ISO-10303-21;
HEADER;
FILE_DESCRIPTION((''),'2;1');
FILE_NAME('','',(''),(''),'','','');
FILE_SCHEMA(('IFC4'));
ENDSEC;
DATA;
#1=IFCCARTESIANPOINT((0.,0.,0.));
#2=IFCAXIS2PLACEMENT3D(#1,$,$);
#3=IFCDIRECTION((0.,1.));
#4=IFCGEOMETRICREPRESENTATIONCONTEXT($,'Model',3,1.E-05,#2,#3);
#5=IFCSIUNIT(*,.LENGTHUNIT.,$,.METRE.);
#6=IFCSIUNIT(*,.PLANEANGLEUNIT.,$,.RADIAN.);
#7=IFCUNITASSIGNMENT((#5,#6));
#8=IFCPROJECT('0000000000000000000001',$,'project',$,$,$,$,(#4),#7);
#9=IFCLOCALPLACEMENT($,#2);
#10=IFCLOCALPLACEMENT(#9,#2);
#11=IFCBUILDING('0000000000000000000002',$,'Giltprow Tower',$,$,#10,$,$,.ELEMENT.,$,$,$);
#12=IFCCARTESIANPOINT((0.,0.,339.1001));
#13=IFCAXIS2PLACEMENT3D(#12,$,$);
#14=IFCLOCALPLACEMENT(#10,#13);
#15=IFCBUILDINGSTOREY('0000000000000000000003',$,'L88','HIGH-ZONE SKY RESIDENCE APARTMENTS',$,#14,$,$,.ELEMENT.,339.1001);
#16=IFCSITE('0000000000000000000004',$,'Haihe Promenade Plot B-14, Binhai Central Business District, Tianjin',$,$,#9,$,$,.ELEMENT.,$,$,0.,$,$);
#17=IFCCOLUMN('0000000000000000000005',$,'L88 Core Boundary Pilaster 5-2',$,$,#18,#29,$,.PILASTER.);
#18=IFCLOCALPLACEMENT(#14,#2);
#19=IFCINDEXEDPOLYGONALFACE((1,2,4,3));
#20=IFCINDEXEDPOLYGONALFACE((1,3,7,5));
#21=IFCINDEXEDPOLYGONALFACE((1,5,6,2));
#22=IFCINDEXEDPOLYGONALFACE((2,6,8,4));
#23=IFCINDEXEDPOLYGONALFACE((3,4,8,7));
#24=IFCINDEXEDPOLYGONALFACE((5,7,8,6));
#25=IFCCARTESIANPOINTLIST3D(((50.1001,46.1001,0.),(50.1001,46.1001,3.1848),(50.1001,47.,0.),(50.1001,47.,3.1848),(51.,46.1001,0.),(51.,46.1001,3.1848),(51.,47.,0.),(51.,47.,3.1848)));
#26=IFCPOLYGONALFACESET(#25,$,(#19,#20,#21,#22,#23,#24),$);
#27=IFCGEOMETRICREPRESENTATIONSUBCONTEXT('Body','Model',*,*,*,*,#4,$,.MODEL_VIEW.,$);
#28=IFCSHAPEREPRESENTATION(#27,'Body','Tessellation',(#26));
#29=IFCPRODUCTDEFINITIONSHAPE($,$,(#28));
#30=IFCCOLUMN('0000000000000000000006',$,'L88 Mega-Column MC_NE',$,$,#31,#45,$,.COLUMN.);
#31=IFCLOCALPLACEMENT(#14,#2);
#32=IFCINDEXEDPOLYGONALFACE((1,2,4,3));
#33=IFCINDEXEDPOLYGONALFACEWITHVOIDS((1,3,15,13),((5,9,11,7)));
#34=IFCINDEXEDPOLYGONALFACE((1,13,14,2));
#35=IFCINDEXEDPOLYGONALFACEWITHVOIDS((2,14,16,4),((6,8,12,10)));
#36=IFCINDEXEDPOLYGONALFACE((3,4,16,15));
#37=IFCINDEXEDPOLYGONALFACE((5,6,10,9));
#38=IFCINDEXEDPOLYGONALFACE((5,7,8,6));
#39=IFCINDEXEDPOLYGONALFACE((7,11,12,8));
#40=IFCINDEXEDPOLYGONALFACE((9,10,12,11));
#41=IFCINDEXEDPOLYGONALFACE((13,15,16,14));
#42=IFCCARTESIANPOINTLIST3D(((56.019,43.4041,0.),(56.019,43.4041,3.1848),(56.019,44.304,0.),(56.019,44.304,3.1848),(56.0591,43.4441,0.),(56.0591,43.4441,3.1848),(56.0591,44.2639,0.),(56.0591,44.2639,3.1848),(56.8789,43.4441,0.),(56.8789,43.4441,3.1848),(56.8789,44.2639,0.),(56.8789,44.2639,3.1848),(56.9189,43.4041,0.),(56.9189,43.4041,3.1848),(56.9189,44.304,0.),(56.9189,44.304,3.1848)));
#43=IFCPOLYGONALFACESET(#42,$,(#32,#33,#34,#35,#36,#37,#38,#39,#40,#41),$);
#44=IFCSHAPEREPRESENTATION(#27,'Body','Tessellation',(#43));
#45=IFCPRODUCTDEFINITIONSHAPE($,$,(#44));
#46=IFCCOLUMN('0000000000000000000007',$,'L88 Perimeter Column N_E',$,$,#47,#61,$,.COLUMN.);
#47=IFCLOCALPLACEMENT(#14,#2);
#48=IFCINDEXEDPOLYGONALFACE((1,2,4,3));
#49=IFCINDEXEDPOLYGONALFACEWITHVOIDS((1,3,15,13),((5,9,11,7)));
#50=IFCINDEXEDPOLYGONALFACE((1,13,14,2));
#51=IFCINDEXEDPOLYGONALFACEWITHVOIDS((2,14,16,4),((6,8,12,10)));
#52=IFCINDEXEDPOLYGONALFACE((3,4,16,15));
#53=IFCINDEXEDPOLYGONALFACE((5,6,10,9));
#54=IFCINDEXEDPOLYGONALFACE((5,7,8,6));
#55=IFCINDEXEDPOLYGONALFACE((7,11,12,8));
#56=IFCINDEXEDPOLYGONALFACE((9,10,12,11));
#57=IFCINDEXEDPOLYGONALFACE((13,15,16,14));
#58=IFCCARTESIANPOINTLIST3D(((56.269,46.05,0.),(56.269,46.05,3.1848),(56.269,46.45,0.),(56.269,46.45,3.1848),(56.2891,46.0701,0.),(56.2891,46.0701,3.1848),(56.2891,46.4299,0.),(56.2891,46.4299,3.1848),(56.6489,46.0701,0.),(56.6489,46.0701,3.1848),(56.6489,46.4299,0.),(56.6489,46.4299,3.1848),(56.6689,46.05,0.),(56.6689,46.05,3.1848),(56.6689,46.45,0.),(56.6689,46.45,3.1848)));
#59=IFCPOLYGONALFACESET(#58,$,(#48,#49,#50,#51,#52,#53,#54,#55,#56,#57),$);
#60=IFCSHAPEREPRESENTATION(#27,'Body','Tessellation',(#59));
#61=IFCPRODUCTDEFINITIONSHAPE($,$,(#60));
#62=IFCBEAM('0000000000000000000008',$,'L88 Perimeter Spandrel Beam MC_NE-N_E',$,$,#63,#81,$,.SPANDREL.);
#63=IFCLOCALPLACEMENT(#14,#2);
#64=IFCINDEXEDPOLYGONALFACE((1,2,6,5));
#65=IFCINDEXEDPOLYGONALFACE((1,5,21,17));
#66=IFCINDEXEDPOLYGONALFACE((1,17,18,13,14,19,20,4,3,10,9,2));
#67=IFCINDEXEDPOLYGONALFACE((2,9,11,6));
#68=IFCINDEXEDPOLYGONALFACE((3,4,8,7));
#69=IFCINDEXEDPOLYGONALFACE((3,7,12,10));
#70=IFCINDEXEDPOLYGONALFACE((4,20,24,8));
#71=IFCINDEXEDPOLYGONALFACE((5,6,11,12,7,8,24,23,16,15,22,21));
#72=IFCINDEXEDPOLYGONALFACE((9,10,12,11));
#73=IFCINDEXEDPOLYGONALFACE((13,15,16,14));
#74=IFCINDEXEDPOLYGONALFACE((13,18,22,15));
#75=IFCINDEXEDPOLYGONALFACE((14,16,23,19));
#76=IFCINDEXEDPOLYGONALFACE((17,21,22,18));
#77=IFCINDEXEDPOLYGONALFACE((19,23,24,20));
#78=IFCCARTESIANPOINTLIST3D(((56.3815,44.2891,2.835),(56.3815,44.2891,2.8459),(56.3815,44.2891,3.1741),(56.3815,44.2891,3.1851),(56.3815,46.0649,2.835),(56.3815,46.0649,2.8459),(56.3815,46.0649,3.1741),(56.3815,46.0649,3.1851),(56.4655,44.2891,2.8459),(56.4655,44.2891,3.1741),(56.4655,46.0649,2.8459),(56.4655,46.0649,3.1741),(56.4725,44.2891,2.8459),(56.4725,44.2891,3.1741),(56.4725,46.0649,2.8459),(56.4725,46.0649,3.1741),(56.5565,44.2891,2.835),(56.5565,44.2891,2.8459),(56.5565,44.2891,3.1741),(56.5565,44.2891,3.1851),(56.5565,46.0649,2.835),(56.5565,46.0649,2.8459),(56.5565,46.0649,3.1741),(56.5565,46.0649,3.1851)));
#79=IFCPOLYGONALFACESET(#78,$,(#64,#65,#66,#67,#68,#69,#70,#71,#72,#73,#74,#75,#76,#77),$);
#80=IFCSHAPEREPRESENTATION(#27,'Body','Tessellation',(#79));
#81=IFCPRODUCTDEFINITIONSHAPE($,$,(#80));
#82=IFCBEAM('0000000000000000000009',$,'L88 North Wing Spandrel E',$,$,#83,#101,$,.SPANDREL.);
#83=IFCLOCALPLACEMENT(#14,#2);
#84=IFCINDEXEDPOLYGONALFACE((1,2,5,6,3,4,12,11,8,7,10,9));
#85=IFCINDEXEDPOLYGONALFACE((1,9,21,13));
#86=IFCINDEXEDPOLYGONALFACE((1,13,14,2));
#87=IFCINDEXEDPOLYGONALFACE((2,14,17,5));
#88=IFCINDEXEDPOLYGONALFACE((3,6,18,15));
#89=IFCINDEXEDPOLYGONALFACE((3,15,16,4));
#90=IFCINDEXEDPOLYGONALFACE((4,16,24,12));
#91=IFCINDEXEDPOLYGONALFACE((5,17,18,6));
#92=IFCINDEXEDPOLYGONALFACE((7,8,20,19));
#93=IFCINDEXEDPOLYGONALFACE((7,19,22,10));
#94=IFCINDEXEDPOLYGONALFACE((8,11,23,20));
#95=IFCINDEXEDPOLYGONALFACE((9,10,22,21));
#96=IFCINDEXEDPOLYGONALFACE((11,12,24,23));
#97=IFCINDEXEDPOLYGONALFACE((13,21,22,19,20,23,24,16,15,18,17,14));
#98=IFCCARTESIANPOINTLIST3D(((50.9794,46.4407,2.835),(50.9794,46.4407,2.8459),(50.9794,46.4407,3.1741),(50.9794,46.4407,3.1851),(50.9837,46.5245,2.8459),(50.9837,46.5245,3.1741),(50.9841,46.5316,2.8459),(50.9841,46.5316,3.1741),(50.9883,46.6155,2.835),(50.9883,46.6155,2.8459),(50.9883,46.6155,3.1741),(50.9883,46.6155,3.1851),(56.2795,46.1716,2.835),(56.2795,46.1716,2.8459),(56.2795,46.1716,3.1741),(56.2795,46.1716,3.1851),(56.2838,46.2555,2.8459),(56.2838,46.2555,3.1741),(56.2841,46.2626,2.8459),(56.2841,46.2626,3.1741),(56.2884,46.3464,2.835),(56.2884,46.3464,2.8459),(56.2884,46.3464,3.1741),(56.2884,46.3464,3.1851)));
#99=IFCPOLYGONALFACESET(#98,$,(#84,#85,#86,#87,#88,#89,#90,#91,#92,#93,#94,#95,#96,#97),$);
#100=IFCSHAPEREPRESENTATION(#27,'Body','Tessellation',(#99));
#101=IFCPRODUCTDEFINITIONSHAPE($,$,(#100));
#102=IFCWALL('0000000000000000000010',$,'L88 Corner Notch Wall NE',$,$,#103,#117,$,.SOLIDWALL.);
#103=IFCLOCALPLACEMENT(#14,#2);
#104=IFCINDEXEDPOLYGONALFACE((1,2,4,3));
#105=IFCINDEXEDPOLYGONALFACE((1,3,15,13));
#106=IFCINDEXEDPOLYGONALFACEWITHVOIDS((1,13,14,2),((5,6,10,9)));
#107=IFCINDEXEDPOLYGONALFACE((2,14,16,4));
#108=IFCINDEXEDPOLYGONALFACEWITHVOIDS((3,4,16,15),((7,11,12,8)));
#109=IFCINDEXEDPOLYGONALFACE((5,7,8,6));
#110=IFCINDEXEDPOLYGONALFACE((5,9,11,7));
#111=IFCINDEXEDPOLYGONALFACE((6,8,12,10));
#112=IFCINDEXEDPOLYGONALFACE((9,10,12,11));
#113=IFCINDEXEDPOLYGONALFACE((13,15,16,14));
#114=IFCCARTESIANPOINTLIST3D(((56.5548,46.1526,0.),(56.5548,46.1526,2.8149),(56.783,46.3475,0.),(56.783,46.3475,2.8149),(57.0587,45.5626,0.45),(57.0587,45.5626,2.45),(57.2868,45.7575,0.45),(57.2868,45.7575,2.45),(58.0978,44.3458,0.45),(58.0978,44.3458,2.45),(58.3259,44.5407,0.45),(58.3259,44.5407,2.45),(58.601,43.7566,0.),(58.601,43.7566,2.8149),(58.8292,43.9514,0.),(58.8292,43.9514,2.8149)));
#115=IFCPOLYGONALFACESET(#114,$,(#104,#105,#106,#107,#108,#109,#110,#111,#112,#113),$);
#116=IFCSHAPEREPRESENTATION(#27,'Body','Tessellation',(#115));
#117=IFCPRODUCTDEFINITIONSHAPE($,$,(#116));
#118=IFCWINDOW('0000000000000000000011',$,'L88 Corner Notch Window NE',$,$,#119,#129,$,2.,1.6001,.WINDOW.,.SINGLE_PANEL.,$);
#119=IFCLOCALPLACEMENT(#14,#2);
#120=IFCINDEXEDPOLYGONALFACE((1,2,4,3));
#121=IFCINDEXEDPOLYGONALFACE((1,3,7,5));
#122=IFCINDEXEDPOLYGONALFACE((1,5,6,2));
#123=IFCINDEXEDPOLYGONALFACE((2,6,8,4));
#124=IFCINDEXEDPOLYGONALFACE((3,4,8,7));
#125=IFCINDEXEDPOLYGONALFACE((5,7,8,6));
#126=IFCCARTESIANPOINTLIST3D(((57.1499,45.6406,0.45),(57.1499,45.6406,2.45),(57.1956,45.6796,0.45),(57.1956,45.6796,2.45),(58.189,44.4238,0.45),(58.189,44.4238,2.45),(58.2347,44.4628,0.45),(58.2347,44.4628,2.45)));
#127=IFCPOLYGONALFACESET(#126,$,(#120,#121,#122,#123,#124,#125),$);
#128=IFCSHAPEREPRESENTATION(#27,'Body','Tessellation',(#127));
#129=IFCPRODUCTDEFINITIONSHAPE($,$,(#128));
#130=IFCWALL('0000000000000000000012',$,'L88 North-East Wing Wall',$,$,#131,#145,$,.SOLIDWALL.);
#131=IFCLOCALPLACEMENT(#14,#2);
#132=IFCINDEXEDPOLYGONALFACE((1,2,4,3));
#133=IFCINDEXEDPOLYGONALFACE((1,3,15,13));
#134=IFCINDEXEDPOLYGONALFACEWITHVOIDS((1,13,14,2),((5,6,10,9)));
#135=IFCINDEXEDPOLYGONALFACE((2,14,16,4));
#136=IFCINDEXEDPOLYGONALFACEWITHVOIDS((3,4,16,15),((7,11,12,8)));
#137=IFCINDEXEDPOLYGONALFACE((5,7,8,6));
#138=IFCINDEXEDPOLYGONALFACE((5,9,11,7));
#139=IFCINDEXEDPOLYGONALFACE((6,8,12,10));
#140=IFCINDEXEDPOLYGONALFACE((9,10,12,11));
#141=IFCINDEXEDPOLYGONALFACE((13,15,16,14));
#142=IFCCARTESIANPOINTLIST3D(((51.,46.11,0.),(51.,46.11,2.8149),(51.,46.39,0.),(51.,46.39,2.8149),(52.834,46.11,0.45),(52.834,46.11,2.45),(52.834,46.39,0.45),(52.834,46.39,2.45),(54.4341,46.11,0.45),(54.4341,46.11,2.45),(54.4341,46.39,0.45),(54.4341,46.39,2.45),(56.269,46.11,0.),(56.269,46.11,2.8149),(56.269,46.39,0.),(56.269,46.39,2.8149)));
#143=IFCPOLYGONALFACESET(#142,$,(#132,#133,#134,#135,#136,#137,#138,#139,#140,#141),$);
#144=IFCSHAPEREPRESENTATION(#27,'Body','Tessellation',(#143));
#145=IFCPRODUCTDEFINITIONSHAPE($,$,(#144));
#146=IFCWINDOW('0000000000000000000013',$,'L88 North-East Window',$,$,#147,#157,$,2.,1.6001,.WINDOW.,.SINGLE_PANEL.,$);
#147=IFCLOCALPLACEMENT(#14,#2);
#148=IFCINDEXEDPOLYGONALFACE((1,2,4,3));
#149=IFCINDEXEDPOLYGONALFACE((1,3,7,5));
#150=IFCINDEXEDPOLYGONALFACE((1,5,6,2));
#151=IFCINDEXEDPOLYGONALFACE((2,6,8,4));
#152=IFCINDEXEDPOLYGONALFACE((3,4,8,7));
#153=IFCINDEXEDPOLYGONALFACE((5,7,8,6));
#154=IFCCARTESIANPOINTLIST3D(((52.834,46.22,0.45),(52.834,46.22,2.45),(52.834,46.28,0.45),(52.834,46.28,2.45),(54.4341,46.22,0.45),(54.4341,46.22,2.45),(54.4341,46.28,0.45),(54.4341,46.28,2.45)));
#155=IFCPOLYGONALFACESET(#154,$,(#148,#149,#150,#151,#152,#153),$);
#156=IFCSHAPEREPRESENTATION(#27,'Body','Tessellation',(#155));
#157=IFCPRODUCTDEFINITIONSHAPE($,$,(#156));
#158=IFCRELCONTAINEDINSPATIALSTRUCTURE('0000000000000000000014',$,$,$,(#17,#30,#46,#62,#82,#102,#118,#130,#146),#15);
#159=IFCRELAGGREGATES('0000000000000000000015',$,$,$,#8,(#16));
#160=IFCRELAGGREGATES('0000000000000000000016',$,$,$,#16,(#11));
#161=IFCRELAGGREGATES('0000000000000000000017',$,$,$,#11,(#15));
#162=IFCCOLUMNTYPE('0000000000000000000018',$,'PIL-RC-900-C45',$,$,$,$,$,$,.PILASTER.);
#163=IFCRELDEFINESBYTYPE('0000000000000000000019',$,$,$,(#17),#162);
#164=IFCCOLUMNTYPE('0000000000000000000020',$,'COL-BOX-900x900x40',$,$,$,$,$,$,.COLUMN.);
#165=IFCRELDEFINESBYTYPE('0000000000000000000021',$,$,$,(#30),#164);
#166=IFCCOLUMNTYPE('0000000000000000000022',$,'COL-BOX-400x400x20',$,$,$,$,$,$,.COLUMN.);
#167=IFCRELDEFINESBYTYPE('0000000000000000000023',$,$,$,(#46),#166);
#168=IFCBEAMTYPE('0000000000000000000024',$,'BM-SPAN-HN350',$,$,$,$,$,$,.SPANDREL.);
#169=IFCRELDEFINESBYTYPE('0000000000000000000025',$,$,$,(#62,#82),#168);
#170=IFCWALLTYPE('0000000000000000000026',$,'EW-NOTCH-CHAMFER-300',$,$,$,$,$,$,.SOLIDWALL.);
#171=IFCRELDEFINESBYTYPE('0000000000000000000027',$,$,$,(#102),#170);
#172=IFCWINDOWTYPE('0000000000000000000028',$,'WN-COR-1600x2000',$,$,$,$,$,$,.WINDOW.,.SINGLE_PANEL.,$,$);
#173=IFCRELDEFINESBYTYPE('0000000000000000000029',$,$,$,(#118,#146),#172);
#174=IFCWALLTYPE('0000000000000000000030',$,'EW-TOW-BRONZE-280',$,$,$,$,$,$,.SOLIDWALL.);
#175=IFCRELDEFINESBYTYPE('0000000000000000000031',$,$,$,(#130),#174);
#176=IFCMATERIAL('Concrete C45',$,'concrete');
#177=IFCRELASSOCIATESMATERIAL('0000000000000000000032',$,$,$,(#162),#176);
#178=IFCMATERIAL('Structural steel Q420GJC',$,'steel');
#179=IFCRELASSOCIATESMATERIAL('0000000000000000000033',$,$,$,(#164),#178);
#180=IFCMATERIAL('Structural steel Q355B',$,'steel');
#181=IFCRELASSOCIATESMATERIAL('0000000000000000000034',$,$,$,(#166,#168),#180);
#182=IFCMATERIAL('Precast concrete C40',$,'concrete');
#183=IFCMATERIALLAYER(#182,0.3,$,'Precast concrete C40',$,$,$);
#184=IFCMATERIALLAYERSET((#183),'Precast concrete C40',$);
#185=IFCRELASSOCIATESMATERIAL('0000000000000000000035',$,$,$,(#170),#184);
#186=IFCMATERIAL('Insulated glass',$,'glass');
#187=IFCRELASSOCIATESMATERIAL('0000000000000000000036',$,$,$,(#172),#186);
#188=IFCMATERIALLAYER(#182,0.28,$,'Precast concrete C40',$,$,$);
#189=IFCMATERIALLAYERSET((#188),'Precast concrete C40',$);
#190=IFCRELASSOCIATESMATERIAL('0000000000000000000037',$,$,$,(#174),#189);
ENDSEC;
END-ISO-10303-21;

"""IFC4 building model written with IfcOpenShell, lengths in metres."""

from ifc_helpers import new_model, si_unit, direction, frame, frame_2d, origin, origin_2d, place, context, subcontext, project, spatial, rectangle, hollow_rectangle, i_section, extrude, source, transform, mapped, material, layer, layer_set, material_profile, profile_set, type_object, element, fill, save


model = new_model("IFC4")

# Units and contexts
model_context = context("Model", 3, precision=1e-05, world=origin(), true_north=direction((0.0, 1.0)))
body_context = subcontext(model_context, "Body", "Model", "MODEL_VIEW")
ifc_project = project(units=[si_unit("LENGTHUNIT", "METRE"), si_unit("PLANEANGLEUNIT", "RADIAN")], contexts=[model_context])

# Site, building, storey
site_placement = place(None, origin())
site = spatial("IfcSite", under=ifc_project, at=site_placement, Name="Haihe Promenade Plot B-14, Binhai Central Business District, Tianjin", CompositionType="ELEMENT", RefElevation=0.0)
building_placement = place(site_placement, origin())
building = spatial("IfcBuilding", under=site, at=building_placement, Name="Giltprow Tower", CompositionType="ELEMENT")
storey_placement = place(building_placement, frame((0.0, 0.0, 339.1001)))
storey = spatial("IfcBuildingStorey", under=building, at=storey_placement, Name="L88", Description="HIGH-ZONE SKY RESIDENCE APARTMENTS", CompositionType="ELEMENT", Elevation=339.1001)

# Columns
ifc_material_1 = material(Name="Concrete C45", Category="concrete")
ifc_material_profile_1 = material_profile(ifc_material_1, rectangle(XDim=0.8999, YDim=0.8999, at=origin_2d()), Name="RC 900x900")
ifc_profile_set_1 = profile_set([ifc_material_profile_1], Name="Concrete C45")
column_type_1 = type_object("IfcColumnType", Name="PIL-RC-900-C45", PredefinedType="PILASTER", material=ifc_profile_set_1)
shared_shape_1 = source(origin(), body_context, "Body", "SweptSolid", [
    extrude(rectangle(XDim=0.8999, YDim=0.8999, at=origin_2d()), origin(), (0.0, 0.0, 1.0), 3.1848),
])
column_1_placement = place(storey_placement, frame((50.55, 46.55, 0.0), z_axis=(0.0, 0.0, 1.0), x_axis=(1.0, 0.0, 0.0)))
element("IfcColumn", 1, at=column_1_placement, inside=storey, type_object=column_type_1, Name="L88 Core Boundary Pilaster 5-2", PredefinedType="PILASTER", context=body_context, shape_type="MappedRepresentation", body=[
    mapped(shared_shape_1, transform((0.0, 0.0, 0.0), x_axis=(1.0, 0.0, 0.0), y_axis=(0.0, 1.0, 0.0), z_axis=(0.0, 0.0, 1.0), scale=1.0)),
])
ifc_material_2 = material(Name="Structural steel Q420GJC", Category="steel")
ifc_material_profile_2 = material_profile(ifc_material_2, hollow_rectangle(XDim=0.8999, YDim=0.8999, WallThickness=0.04, at=origin_2d()), Name="BOX 900x900x40")
ifc_profile_set_2 = profile_set([ifc_material_profile_2], Name="Structural steel Q420GJC")
column_type_2 = type_object("IfcColumnType", Name="COL-BOX-900x900x40", PredefinedType="COLUMN", material=ifc_profile_set_2)
shared_shape_2 = source(origin(), body_context, "Body", "SweptSolid", [
    extrude(hollow_rectangle(XDim=0.8999, YDim=0.8999, WallThickness=0.04, at=origin_2d()), origin(), (0.0, 0.0, 1.0), 3.1848),
])
column_2_placement = place(storey_placement, frame((56.469, 43.854, 0.0), z_axis=(0.0, 0.0, 1.0), x_axis=(1.0, 0.0, 0.0)))
element("IfcColumn", 2, at=column_2_placement, inside=storey, type_object=column_type_2, Name="L88 Mega-Column MC_NE", PredefinedType="COLUMN", context=body_context, shape_type="MappedRepresentation", body=[
    mapped(shared_shape_2, transform((0.0, 0.0, 0.0), x_axis=(1.0, 0.0, 0.0), y_axis=(0.0, 1.0, 0.0), z_axis=(0.0, 0.0, 1.0), scale=1.0)),
])
ifc_material_3 = material(Name="Structural steel Q355B", Category="steel")
ifc_material_profile_3 = material_profile(ifc_material_3, hollow_rectangle(XDim=0.3999, YDim=0.3999, WallThickness=0.02, at=origin_2d()), Name="BOX 400x400x20")
ifc_profile_set_3 = profile_set([ifc_material_profile_3], Name="Structural steel Q355B")
column_type_3 = type_object("IfcColumnType", Name="COL-BOX-400x400x20", PredefinedType="COLUMN", material=ifc_profile_set_3)
shared_shape_3 = source(origin(), body_context, "Body", "SweptSolid", [
    extrude(hollow_rectangle(XDim=0.3999, YDim=0.3999, WallThickness=0.02, at=origin_2d()), origin(), (0.0, 0.0, 1.0), 3.1848),
])
column_3_placement = place(storey_placement, frame((56.469, 46.25, 0.0), z_axis=(0.0, 0.0, 1.0), x_axis=(1.0, 0.0, 0.0)))
element("IfcColumn", 3, at=column_3_placement, inside=storey, type_object=column_type_3, Name="L88 Perimeter Column N_E", PredefinedType="COLUMN", context=body_context, shape_type="MappedRepresentation", body=[
    mapped(shared_shape_3, transform((0.0, 0.0, 0.0), x_axis=(1.0, 0.0, 0.0), y_axis=(0.0, 1.0, 0.0), z_axis=(0.0, 0.0, 1.0), scale=1.0)),
])

# Beams
ifc_material_profile_4 = material_profile(ifc_material_3, i_section(OverallWidth=0.175, OverallDepth=0.3501, WebThickness=0.0071, FlangeThickness=0.011, at=origin_2d()), Name="HN 350x175x7x11")
ifc_profile_set_4 = profile_set([ifc_material_profile_4], Name="Structural steel Q355B")
beam_type = type_object("IfcBeamType", Name="BM-SPAN-HN350", PredefinedType="SPANDREL", material=ifc_profile_set_4)
shared_shape_4 = source(origin(), body_context, "Body", "SweptSolid", [
    extrude(i_section(OverallWidth=0.175, OverallDepth=0.3501, WebThickness=0.0071, FlangeThickness=0.011, at=origin_2d()), origin(), (0.0, 0.0, 1.0), 1.7759),
])
beam_1_placement = place(storey_placement, frame((56.469, 44.2891, 3.01), z_axis=(0.0, 1.0, 0.0), x_axis=(-1.0, 0.0, 0.0)))
element("IfcBeam", 4, at=beam_1_placement, inside=storey, type_object=beam_type, Name="L88 Perimeter Spandrel Beam MC_NE-N_E", PredefinedType="SPANDREL", context=body_context, shape_type="MappedRepresentation", body=[
    mapped(shared_shape_4, transform((0.0, 0.0, 0.0), x_axis=(1.0, 0.0, 0.0), y_axis=(0.0, 1.0, 0.0), z_axis=(0.0, 0.0, 1.0), scale=1.0)),
])
shared_shape_5 = source(origin(), body_context, "Body", "SweptSolid", [
    extrude(i_section(OverallWidth=0.175, OverallDepth=0.3501, WebThickness=0.0071, FlangeThickness=0.011, at=origin_2d()), origin(), (0.0, 0.0, 1.0), 5.3069),
])
beam_2_placement = place(storey_placement, frame((50.9839, 46.5281, 3.01), z_axis=(0.998714, -0.050697, 0.0), x_axis=(0.050697, 0.998714, 0.0)))
element("IfcBeam", 5, at=beam_2_placement, inside=storey, type_object=beam_type, Name="L88 North Wing Spandrel E", PredefinedType="SPANDREL", context=body_context, shape_type="MappedRepresentation", body=[
    mapped(shared_shape_5, transform((0.0, 0.0, 0.0), x_axis=(1.0, 0.0, 0.0), y_axis=(0.0, 1.0, 0.0), z_axis=(0.0, 0.0, 1.0), scale=1.0)),
])

# Walls, openings, windows
ifc_material_4 = material(Name="Precast concrete C40", Category="concrete")
ifc_layer_1 = layer(ifc_material_4, 0.3, Name="Precast concrete C40")
ifc_layer_set_1 = layer_set([ifc_layer_1], Name="Precast concrete C40")
wall_type_1 = type_object("IfcWallType", Name="EW-NOTCH-CHAMFER-300", PredefinedType="SOLIDWALL", material=ifc_layer_set_1)
wall_1_placement = place(storey_placement, frame((58.7151, 43.854, 0.0), z_axis=(0.0, 0.0, 1.0), x_axis=(-0.649406, 0.760442, 0.0)))
wall_1 = element("IfcWall", 6, at=wall_1_placement, inside=storey, type_object=wall_type_1, Name="L88 Corner Notch Wall NE", PredefinedType="SOLIDWALL", context=body_context, shape_type="SweptSolid", body=[
    extrude(rectangle(XDim=3.1509, YDim=0.3, at=frame_2d((1.5754, 0.0))), origin(), (0.0, 0.0, 1.0), 2.8149),
])
opening_1_placement = place(wall_1_placement, frame((0.7749, 0.0, 0.45)))
opening_1 = element("IfcOpeningElement", 7, at=opening_1_placement, cuts=wall_1, PredefinedType="OPENING", context=body_context, shape_type="SweptSolid", body=[
    extrude(rectangle(XDim=1.6001, YDim=2.0, at=frame_2d((0.8, 1.0))), frame((0.0, 0.1599, 0.0), z_axis=(0.0, -1.0, 0.0), x_axis=(1.0, 0.0, 0.0)), (0.0, 0.0, 1.0), 0.3201),
])
ifc_material_5 = material(Name="Insulated glass", Category="glass")
window_type = type_object("IfcWindowType", Name="WN-COR-1600x2000", PartitioningType="SINGLE_PANEL", PredefinedType="WINDOW", material=ifc_material_5)
shared_shape_6 = source(origin(), body_context, "Body", "SweptSolid", [
    extrude(rectangle(XDim=1.6001, YDim=2.0, at=frame_2d((0.8, 1.0))), frame((0.0, 0.03, 0.0), z_axis=(0.0, -1.0, 0.0), x_axis=(1.0, 0.0, 0.0)), (0.0, 0.0, 1.0), 0.0601),
])
window_1_placement = place(opening_1_placement, origin())
window_1 = element("IfcWindow", 8, at=window_1_placement, inside=storey, type_object=window_type, Name="L88 Corner Notch Window NE", OverallHeight=2.0, OverallWidth=1.6001, PartitioningType="SINGLE_PANEL", PredefinedType="WINDOW", context=body_context, shape_type="MappedRepresentation", body=[
    mapped(shared_shape_6, transform((0.0, 0.0, 0.0), x_axis=(1.0, 0.0, 0.0), y_axis=(0.0, 1.0, 0.0), z_axis=(0.0, 0.0, 1.0), scale=1.0)),
])
fill(opening_1, window_1)
ifc_layer_2 = layer(ifc_material_4, 0.28, Name="Precast concrete C40")
ifc_layer_set_2 = layer_set([ifc_layer_2], Name="Precast concrete C40")
wall_type_2 = type_object("IfcWallType", Name="EW-TOW-BRONZE-280", PredefinedType="SOLIDWALL", material=ifc_layer_set_2)
wall_2_placement = place(storey_placement, frame((51.0, 46.25, 0.0), z_axis=(0.0, 0.0, 1.0), x_axis=(1.0, 0.0, 0.0)))
wall_2 = element("IfcWall", 9, at=wall_2_placement, inside=storey, type_object=wall_type_2, Name="L88 North-East Wing Wall", PredefinedType="SOLIDWALL", context=body_context, shape_type="SweptSolid", body=[
    extrude(rectangle(XDim=5.269, YDim=0.28, at=frame_2d((2.6345, 0.0))), origin(), (0.0, 0.0, 1.0), 2.8149),
])
opening_2_placement = place(wall_2_placement, frame((1.834, 0.0, 0.45)))
opening_2 = element("IfcOpeningElement", 10, at=opening_2_placement, cuts=wall_2, PredefinedType="OPENING", context=body_context, shape_type="SweptSolid", body=[
    extrude(rectangle(XDim=1.6001, YDim=2.0, at=frame_2d((0.8, 1.0))), frame((0.0, 0.1499, 0.0), z_axis=(0.0, -1.0, 0.0), x_axis=(1.0, 0.0, 0.0)), (0.0, 0.0, 1.0), 0.3),
])
window_2_placement = place(opening_2_placement, origin())
window_2 = element("IfcWindow", 11, at=window_2_placement, inside=storey, type_object=window_type, Name="L88 North-East Window", OverallHeight=2.0, OverallWidth=1.6001, PartitioningType="SINGLE_PANEL", PredefinedType="WINDOW", context=body_context, shape_type="MappedRepresentation", body=[
    mapped(shared_shape_6, transform((0.0, 0.0, 0.0), x_axis=(1.0, 0.0, 0.0), y_axis=(0.0, 1.0, 0.0), z_axis=(0.0, 0.0, 1.0), scale=1.0)),
])
fill(opening_2, window_2)

save(model, "model.ifc")
